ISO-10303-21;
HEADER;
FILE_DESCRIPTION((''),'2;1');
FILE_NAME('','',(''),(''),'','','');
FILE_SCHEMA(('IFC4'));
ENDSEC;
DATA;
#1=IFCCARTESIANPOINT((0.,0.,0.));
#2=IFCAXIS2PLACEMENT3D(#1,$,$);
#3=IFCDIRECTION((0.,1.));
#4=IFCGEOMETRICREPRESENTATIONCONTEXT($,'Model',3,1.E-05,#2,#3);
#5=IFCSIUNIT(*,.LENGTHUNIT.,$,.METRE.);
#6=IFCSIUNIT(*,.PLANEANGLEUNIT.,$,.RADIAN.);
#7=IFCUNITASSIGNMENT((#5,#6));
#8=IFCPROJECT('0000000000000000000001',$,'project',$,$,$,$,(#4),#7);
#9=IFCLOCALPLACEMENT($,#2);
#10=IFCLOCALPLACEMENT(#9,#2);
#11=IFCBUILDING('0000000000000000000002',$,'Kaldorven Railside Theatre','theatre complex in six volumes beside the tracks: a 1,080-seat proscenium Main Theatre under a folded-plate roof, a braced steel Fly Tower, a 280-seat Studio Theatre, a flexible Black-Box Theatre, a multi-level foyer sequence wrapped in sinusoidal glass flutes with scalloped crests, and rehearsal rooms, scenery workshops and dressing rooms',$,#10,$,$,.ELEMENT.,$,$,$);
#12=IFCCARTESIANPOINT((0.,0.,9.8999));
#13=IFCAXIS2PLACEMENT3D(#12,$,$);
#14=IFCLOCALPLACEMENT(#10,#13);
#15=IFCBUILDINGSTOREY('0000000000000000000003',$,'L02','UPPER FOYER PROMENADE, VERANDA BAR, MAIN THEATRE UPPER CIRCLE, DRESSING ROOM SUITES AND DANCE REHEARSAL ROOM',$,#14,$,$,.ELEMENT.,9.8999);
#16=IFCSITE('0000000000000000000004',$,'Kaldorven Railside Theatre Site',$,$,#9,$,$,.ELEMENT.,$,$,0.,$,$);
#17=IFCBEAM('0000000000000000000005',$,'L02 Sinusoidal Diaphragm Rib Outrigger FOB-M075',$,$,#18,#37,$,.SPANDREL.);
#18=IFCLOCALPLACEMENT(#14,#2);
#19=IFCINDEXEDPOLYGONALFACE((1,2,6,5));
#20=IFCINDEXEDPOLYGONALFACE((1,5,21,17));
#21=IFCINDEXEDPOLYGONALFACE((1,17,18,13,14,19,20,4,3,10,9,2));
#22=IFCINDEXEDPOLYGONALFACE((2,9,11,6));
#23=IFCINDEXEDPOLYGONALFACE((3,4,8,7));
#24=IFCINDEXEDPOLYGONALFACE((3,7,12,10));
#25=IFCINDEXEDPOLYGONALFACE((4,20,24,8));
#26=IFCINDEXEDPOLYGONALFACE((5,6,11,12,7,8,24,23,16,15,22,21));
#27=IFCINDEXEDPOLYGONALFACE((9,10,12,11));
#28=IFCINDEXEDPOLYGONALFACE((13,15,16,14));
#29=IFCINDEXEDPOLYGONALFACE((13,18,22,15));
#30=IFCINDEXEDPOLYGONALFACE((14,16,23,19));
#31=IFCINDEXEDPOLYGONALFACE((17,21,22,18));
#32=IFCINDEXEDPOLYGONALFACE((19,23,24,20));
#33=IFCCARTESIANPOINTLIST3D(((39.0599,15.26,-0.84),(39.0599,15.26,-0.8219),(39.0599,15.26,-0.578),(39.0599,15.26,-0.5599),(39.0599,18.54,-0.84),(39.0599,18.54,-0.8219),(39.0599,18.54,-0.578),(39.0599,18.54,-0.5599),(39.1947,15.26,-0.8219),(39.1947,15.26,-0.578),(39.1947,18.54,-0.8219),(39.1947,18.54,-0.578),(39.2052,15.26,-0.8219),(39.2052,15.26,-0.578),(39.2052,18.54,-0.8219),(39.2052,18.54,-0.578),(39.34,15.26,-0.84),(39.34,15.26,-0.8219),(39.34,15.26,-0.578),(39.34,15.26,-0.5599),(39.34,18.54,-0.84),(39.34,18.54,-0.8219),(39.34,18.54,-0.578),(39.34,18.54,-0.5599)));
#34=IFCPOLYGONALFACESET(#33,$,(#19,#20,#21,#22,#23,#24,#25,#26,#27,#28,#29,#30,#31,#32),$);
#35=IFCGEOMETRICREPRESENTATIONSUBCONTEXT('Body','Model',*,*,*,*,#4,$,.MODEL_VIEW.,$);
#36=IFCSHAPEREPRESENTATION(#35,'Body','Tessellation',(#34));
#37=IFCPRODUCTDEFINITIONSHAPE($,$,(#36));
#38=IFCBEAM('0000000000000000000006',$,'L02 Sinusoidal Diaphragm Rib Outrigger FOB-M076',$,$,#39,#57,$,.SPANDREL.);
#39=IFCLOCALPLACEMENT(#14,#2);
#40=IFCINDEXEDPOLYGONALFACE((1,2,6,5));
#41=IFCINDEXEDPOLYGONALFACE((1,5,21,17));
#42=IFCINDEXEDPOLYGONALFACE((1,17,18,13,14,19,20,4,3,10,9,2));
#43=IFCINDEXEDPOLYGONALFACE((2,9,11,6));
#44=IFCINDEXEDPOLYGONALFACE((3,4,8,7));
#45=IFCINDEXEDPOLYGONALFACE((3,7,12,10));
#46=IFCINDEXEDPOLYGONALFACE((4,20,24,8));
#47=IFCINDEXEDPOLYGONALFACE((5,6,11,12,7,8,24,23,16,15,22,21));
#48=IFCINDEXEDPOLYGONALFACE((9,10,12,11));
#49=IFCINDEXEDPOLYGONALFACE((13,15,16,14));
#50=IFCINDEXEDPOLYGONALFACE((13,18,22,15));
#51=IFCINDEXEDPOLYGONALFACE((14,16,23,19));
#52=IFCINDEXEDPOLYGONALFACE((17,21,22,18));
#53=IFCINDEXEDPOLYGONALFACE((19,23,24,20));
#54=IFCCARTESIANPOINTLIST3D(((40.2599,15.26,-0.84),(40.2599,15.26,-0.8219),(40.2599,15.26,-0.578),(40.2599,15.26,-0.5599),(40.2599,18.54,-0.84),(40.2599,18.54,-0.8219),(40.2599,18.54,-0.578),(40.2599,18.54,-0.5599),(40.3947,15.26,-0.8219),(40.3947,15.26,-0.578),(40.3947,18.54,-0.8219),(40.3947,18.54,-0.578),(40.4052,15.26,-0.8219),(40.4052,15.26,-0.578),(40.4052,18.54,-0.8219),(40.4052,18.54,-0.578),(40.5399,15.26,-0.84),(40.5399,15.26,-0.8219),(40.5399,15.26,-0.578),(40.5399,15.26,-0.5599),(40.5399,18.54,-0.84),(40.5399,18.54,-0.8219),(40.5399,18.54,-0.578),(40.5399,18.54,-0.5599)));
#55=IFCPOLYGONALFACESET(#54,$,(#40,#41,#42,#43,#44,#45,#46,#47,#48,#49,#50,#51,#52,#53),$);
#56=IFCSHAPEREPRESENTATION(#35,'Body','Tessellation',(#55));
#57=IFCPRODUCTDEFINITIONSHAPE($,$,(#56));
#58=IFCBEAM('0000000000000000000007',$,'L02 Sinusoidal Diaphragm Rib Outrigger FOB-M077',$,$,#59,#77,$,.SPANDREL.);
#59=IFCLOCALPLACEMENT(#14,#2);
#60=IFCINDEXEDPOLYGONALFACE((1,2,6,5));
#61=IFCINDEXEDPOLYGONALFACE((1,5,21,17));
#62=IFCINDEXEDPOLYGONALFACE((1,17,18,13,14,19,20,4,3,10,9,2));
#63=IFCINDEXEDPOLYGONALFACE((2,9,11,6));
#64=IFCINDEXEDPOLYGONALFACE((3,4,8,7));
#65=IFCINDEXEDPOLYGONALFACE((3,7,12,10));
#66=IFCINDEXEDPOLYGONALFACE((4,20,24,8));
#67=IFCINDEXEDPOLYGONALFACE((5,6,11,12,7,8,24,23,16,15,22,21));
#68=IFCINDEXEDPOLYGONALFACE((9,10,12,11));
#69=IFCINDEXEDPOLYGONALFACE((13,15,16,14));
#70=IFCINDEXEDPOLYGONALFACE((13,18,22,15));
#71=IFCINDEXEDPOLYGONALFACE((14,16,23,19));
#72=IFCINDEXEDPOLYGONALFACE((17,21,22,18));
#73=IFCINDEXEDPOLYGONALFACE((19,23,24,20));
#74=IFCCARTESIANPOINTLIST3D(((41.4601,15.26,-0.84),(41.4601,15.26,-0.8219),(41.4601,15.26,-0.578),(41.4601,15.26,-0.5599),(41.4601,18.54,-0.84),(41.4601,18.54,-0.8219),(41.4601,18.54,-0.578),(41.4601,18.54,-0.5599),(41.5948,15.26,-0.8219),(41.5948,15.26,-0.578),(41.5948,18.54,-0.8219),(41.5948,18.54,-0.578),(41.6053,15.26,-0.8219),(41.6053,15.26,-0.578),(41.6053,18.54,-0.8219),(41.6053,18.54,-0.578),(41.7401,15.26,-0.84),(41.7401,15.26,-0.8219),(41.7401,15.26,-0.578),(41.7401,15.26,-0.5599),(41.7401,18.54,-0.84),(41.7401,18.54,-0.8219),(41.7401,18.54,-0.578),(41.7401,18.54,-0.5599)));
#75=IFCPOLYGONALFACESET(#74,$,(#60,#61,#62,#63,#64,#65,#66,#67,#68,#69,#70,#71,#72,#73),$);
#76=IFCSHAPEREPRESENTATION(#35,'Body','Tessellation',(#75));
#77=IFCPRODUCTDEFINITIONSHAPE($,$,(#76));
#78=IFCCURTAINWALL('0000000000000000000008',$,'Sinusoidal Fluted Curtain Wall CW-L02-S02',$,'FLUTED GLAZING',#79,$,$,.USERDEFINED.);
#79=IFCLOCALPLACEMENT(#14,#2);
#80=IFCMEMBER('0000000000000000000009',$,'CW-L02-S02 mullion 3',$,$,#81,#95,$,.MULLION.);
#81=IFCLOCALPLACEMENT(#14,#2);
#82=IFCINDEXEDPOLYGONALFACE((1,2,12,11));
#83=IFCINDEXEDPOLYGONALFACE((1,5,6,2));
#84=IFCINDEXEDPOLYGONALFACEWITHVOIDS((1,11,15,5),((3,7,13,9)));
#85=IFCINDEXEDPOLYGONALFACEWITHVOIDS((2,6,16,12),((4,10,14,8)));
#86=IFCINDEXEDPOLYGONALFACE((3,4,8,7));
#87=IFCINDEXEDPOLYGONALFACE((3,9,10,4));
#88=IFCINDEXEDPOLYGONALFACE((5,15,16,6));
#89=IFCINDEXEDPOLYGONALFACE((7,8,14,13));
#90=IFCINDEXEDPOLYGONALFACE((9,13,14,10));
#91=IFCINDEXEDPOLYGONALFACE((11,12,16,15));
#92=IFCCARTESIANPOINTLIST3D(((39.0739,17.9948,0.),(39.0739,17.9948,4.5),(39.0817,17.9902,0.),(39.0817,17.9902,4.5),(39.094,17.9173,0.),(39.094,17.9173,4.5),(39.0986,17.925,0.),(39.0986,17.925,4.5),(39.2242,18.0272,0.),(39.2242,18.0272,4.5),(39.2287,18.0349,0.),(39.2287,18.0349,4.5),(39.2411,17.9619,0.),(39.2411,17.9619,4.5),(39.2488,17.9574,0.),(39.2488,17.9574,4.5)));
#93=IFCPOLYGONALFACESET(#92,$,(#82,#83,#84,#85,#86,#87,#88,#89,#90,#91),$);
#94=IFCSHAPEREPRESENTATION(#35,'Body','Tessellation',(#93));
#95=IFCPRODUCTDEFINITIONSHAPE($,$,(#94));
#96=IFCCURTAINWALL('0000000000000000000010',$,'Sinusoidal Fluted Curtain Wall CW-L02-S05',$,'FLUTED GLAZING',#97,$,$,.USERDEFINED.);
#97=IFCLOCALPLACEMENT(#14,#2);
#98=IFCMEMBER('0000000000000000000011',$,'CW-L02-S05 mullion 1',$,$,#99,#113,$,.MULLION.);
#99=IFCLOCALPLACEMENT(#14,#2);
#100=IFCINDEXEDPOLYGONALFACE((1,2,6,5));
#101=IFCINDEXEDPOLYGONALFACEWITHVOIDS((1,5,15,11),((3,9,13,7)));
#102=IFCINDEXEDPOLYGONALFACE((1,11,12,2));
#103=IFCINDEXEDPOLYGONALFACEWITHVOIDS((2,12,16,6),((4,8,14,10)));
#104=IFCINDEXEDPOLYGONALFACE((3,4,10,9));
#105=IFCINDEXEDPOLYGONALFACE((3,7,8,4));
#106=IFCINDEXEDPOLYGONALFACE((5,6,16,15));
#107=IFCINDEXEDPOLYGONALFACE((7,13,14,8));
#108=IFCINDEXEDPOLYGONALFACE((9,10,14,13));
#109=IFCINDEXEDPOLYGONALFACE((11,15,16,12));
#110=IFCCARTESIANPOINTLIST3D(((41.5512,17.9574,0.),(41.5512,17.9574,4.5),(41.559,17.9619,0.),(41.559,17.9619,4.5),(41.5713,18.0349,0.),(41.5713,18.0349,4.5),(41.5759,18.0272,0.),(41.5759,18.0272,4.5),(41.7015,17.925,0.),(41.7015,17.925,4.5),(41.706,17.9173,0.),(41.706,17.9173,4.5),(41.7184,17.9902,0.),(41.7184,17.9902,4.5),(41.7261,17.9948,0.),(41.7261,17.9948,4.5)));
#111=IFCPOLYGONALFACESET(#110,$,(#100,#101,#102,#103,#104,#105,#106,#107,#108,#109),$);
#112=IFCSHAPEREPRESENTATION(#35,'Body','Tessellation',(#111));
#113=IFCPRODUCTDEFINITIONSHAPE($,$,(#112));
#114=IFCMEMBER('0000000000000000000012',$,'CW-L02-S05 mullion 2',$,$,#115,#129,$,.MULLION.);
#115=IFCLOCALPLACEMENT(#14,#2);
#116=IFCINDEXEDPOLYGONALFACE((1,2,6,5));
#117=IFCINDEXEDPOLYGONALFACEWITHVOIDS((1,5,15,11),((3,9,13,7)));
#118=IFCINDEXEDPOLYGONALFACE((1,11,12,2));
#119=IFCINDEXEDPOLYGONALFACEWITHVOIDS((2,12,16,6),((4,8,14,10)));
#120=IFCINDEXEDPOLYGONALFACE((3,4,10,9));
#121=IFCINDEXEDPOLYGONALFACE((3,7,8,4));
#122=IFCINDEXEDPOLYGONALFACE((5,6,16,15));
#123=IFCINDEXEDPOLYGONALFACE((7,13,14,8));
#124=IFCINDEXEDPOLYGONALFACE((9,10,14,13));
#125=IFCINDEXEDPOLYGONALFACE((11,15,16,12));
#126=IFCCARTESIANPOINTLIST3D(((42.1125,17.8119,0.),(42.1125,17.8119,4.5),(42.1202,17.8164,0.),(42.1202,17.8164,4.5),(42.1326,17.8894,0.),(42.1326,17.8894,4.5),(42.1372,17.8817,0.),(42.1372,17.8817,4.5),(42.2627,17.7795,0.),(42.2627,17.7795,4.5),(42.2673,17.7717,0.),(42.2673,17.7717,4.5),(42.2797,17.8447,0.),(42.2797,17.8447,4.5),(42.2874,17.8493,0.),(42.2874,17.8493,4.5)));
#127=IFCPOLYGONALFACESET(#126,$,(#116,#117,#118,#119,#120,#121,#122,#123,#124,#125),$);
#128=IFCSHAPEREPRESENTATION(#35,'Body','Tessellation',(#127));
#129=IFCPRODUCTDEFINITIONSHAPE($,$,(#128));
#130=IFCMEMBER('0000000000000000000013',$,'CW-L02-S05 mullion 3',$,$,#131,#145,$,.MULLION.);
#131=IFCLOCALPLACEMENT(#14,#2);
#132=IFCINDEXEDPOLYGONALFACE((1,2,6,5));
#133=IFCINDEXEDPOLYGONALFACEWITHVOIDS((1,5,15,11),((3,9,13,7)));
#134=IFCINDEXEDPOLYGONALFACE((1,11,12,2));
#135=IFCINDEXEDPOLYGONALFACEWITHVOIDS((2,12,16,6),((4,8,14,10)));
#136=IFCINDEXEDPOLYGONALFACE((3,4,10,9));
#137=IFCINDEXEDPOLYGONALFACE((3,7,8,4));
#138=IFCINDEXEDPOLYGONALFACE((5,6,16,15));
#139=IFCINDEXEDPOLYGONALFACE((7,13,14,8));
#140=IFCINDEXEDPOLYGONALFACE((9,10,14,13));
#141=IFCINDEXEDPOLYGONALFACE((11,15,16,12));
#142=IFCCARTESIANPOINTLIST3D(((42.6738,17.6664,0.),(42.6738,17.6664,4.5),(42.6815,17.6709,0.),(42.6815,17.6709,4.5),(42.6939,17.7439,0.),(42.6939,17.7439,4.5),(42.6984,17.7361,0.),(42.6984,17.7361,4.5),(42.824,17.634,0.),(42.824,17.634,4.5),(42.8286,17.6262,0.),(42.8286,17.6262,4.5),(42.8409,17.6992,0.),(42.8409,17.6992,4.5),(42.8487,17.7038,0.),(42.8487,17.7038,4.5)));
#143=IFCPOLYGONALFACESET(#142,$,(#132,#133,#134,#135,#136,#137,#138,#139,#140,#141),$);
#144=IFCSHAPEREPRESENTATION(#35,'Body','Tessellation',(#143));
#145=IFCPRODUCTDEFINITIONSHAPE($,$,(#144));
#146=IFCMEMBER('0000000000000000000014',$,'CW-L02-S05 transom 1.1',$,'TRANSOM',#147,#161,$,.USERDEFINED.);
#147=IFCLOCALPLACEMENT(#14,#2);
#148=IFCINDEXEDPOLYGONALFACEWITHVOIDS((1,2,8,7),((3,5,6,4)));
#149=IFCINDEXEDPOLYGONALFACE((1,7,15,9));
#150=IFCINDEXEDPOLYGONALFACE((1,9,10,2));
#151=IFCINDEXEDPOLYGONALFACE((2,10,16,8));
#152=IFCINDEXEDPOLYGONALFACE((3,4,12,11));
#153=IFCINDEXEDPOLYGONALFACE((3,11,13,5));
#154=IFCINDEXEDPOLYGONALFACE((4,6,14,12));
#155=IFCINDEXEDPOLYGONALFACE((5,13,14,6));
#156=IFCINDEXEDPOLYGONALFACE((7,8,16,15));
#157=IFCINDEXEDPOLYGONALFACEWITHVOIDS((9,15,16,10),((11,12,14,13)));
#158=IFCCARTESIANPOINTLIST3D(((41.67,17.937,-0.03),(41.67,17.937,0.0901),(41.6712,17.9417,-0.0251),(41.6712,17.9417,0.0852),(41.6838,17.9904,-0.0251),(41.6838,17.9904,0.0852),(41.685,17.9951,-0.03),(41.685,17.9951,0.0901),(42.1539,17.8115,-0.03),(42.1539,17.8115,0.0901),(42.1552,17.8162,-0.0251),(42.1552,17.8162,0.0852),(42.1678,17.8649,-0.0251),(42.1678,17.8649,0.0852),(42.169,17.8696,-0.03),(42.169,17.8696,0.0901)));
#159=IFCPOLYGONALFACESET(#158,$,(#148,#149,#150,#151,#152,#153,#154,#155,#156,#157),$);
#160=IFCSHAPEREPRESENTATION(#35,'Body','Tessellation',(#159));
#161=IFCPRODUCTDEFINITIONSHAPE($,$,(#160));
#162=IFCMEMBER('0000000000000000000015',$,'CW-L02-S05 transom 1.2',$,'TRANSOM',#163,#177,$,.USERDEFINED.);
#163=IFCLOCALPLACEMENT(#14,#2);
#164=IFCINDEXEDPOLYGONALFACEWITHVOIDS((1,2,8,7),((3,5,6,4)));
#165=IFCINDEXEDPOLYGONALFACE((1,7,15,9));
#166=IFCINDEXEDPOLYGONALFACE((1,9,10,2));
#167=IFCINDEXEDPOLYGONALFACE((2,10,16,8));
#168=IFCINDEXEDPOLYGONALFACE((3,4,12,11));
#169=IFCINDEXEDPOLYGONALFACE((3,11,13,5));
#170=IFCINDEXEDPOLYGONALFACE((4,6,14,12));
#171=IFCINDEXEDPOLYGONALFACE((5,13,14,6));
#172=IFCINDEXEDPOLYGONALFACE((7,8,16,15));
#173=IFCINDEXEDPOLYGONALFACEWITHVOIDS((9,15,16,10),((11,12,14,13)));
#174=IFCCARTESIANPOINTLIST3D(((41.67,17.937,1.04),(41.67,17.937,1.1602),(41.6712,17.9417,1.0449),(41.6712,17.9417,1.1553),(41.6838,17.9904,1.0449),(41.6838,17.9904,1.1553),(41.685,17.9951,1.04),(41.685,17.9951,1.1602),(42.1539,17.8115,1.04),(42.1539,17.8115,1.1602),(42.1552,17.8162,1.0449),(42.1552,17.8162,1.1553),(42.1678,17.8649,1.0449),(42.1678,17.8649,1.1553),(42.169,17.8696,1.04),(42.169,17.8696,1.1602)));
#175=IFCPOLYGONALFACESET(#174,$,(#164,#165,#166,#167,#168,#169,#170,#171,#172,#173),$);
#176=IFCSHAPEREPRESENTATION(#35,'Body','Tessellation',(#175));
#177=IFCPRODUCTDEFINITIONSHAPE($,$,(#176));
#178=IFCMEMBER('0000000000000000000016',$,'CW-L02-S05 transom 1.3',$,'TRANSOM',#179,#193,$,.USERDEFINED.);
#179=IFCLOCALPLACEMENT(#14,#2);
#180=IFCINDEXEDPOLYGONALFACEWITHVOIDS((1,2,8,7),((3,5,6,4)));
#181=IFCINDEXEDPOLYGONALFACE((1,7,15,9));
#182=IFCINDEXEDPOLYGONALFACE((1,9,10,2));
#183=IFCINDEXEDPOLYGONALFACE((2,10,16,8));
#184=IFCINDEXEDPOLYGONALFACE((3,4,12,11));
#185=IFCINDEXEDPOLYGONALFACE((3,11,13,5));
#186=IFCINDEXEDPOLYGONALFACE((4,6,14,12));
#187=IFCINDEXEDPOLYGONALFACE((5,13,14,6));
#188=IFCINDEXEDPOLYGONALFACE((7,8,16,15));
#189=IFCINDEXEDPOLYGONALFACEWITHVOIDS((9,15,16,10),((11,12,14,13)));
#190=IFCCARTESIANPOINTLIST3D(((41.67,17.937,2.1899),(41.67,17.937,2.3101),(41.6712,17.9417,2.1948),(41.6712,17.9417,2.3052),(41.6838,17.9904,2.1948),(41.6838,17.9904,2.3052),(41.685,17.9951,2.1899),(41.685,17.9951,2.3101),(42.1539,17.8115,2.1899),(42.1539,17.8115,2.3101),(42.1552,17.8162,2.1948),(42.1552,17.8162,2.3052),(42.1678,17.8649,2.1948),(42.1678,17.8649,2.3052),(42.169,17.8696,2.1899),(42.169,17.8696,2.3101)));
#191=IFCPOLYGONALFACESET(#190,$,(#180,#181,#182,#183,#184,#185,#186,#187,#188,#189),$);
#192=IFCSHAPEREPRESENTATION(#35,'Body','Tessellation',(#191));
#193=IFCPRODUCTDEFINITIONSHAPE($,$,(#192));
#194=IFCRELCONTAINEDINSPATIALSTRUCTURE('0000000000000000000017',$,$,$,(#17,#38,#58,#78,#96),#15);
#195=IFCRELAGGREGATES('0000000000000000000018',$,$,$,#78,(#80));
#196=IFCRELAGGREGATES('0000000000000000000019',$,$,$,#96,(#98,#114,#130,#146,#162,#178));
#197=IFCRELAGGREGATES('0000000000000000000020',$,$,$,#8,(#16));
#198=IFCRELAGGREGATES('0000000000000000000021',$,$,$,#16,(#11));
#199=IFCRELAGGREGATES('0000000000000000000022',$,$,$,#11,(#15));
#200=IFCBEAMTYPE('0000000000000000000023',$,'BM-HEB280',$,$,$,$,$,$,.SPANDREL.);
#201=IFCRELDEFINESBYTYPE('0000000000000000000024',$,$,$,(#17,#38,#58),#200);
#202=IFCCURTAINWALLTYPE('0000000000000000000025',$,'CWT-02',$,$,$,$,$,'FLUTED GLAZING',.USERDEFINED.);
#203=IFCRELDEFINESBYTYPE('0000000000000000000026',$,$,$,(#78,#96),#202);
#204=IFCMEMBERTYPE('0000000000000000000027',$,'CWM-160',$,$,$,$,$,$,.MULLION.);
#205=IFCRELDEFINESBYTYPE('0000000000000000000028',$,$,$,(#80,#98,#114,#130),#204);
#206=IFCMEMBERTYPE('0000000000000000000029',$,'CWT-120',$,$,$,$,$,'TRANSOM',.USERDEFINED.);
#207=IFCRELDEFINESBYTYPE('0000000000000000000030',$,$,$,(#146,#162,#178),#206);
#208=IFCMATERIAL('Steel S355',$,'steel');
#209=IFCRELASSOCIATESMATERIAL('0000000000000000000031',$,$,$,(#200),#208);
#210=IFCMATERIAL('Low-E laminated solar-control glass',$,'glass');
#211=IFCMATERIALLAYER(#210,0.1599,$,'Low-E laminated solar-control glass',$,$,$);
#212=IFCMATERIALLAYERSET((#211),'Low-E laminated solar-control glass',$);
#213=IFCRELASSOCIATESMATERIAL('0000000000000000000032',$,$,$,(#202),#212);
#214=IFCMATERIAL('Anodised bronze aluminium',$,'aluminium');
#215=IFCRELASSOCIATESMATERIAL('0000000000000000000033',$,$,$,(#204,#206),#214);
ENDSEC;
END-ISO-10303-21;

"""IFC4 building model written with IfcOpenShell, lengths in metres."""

from ifc_helpers import new_model, si_unit, direction, frame, origin, origin_2d, place, context, subcontext, project, spatial, hollow_rectangle, i_section, extrude, material, layer, layer_set, material_profile, profile_set, type_object, element, aggregate, save


model = new_model("IFC4")

# Units and contexts
model_context = context("Model", 3, precision=1e-05, world=origin(), true_north=direction((0.0, 1.0)))
body_context = subcontext(model_context, "Body", "Model", "MODEL_VIEW")
ifc_project = project(units=[si_unit("LENGTHUNIT", "METRE"), si_unit("PLANEANGLEUNIT", "RADIAN")], contexts=[model_context])

# Site, building, storey
site_placement = place(None, origin())
site = spatial("IfcSite", under=ifc_project, at=site_placement, Name="Kaldorven Railside Theatre Site", CompositionType="ELEMENT", RefElevation=0.0)
building_placement = place(site_placement, origin())
building = spatial("IfcBuilding", under=site, at=building_placement, Name="Kaldorven Railside Theatre", Description="theatre complex in six volumes beside the tracks: a 1,080-seat proscenium Main Theatre under a folded-plate roof, a braced steel Fly Tower, a 280-seat Studio Theatre, a flexible Black-Box Theatre, a multi-level foyer sequence wrapped in sinusoidal glass flutes with scalloped crests, and rehearsal rooms, scenery workshops and dressing rooms", CompositionType="ELEMENT")
storey_placement = place(building_placement, frame((0.0, 0.0, 9.8999)))
storey = spatial("IfcBuildingStorey", under=building, at=storey_placement, Name="L02", Description="UPPER FOYER PROMENADE, VERANDA BAR, MAIN THEATRE UPPER CIRCLE, DRESSING ROOM SUITES AND DANCE REHEARSAL ROOM", CompositionType="ELEMENT", Elevation=9.8999)

# Beams
ifc_material_1 = material(Name="Steel S355", Category="steel")
ifc_material_profile_1 = material_profile(ifc_material_1, i_section(OverallWidth=0.28, OverallDepth=0.28, WebThickness=0.0105, FlangeThickness=0.0181, at=origin_2d()), Name="HEB 280")
ifc_profile_set_1 = profile_set([ifc_material_profile_1], Name="Steel S355")
beam_type = type_object("IfcBeamType", Name="BM-HEB280", PredefinedType="SPANDREL", material=ifc_profile_set_1)
for number, where, z_axis, x_axis, name in (
    (1, (39.2, 15.26, -0.7), (0.0, 1.0, 0.0), (-1.0, 0.0, 0.0), "L02 Sinusoidal Diaphragm Rib Outrigger FOB-M075"),
    (2, (40.3999, 15.26, -0.7), (0.0, 1.0, 0.0), (-1.0, 0.0, 0.0), "L02 Sinusoidal Diaphragm Rib Outrigger FOB-M076"),
    (3, (41.6001, 15.26, -0.7), (0.0, 1.0, 0.0), (-1.0, 0.0, 0.0), "L02 Sinusoidal Diaphragm Rib Outrigger FOB-M077"),
):
    element("IfcBeam", number, at=place(storey_placement, frame(where, z_axis=z_axis, x_axis=x_axis)), inside=storey, type_object=beam_type, Name=name, PredefinedType="SPANDREL", context=body_context, shape_type="SweptSolid", body=[
        extrude(i_section(OverallWidth=0.28, OverallDepth=0.28, WebThickness=0.0105, FlangeThickness=0.0181, at=origin_2d()), origin(), (0.0, 0.0, 1.0), 3.28),
    ])

# Curtain wall, member
ifc_material_2 = material(Name="Low-E laminated solar-control glass", Category="glass")
ifc_layer_1 = layer(ifc_material_2, 0.1599, Name="Low-E laminated solar-control glass")
ifc_layer_set_1 = layer_set([ifc_layer_1], Name="Low-E laminated solar-control glass")
curtain_wall_type = type_object("IfcCurtainWallType", Name="CWT-02", ElementType="FLUTED GLAZING", PredefinedType="USERDEFINED", material=ifc_layer_set_1)
curtain_wall_1_placement = place(storey_placement, origin())
curtain_wall_1 = element("IfcCurtainWall", 4, at=curtain_wall_1_placement, inside=storey, type_object=curtain_wall_type, Name="Sinusoidal Fluted Curtain Wall CW-L02-S02", ObjectType="FLUTED GLAZING", PredefinedType="USERDEFINED")
ifc_material_3 = material(Name="Anodised bronze aluminium", Category="aluminium")
ifc_material_profile_2 = material_profile(ifc_material_3, hollow_rectangle(XDim=0.0801, YDim=0.1599, WallThickness=0.0063, at=origin_2d()), Name="RHS 160x80x6.3")
ifc_profile_set_2 = profile_set([ifc_material_profile_2], Name="Anodised bronze aluminium")
member_type_1 = type_object("IfcMemberType", Name="CWM-160", PredefinedType="MULLION", material=ifc_profile_set_2)
member_1_placement = place(storey_placement, frame((39.1614, 17.9761, 0.0), z_axis=(0.0, 0.0, 1.0), x_axis=(-0.250954, 0.967999, 0.0)))
member_1 = element("IfcMember", 5, at=member_1_placement, type_object=member_type_1, Name="CW-L02-S02 mullion 3", PredefinedType="MULLION", context=body_context, shape_type="SweptSolid", body=[
    extrude(hollow_rectangle(XDim=0.0801, YDim=0.1599, WallThickness=0.0063, at=origin_2d()), origin(), (0.0, 0.0, 1.0), 4.5),
])

# Curtain wall, members
curtain_wall_2_placement = place(storey_placement, origin())
curtain_wall_2 = element("IfcCurtainWall", 6, at=curtain_wall_2_placement, inside=storey, type_object=curtain_wall_type, Name="Sinusoidal Fluted Curtain Wall CW-L02-S05", ObjectType="FLUTED GLAZING", PredefinedType="USERDEFINED")
member_2_placement = place(storey_placement, frame((41.6387, 17.9761, 0.0), z_axis=(0.0, 0.0, 1.0), x_axis=(0.250954, 0.967999, 0.0)))
member_2 = element("IfcMember", 7, at=member_2_placement, type_object=member_type_1, Name="CW-L02-S05 mullion 1", PredefinedType="MULLION", context=body_context, shape_type="SweptSolid", body=[
    extrude(hollow_rectangle(XDim=0.0801, YDim=0.1599, WallThickness=0.0063, at=origin_2d()), origin(), (0.0, 0.0, 1.0), 4.5),
])
member_3_placement = place(storey_placement, frame((42.2, 17.8306, 0.0), z_axis=(0.0, 0.0, 1.0), x_axis=(0.250954, 0.967999, 0.0)))
member_3 = element("IfcMember", 8, at=member_3_placement, type_object=member_type_1, Name="CW-L02-S05 mullion 2", PredefinedType="MULLION", context=body_context, shape_type="SweptSolid", body=[
    extrude(hollow_rectangle(XDim=0.0801, YDim=0.1599, WallThickness=0.0063, at=origin_2d()), origin(), (0.0, 0.0, 1.0), 4.5),
])
member_4_placement = place(storey_placement, frame((42.7612, 17.6851, 0.0), z_axis=(0.0, 0.0, 1.0), x_axis=(0.250954, 0.967999, 0.0)))
member_4 = element("IfcMember", 9, at=member_4_placement, type_object=member_type_1, Name="CW-L02-S05 mullion 3", PredefinedType="MULLION", context=body_context, shape_type="SweptSolid", body=[
    extrude(hollow_rectangle(XDim=0.0801, YDim=0.1599, WallThickness=0.0063, at=origin_2d()), origin(), (0.0, 0.0, 1.0), 4.5),
])
ifc_material_profile_3 = material_profile(ifc_material_3, hollow_rectangle(XDim=0.0601, YDim=0.1201, WallThickness=0.0049, at=origin_2d()), Name="RHS 120x60x5")
ifc_profile_set_3 = profile_set([ifc_material_profile_3], Name="Anodised bronze aluminium")
member_type_2 = type_object("IfcMemberType", Name="CWT-120", ElementType="TRANSOM", PredefinedType="USERDEFINED", material=ifc_profile_set_3)
member_5_placement = place(storey_placement, frame((41.6775, 17.9661, 0.03), z_axis=(0.967979, -0.25103, 0.0), x_axis=(0.25103, 0.967979, 0.0)))
member_5 = element("IfcMember", 10, at=member_5_placement, type_object=member_type_2, Name="CW-L02-S05 transom 1.1", ObjectType="TRANSOM", PredefinedType="USERDEFINED", context=body_context, shape_type="SweptSolid", body=[
    extrude(hollow_rectangle(XDim=0.0601, YDim=0.1201, WallThickness=0.0049, at=origin_2d()), origin(), (0.0, 0.0, 1.0), 0.5),
])
member_6_placement = place(storey_placement, frame((41.6775, 17.9661, 1.1001), z_axis=(0.967979, -0.25103, 0.0), x_axis=(0.25103, 0.967979, 0.0)))
member_6 = element("IfcMember", 11, at=member_6_placement, type_object=member_type_2, Name="CW-L02-S05 transom 1.2", ObjectType="TRANSOM", PredefinedType="USERDEFINED", context=body_context, shape_type="SweptSolid", body=[
    extrude(hollow_rectangle(XDim=0.0601, YDim=0.1201, WallThickness=0.0049, at=origin_2d()), origin(), (0.0, 0.0, 1.0), 0.5),
])
member_7_placement = place(storey_placement, frame((41.6775, 17.9661, 2.25), z_axis=(0.967979, -0.25103, 0.0), x_axis=(0.25103, 0.967979, 0.0)))
member_7 = element("IfcMember", 12, at=member_7_placement, type_object=member_type_2, Name="CW-L02-S05 transom 1.3", ObjectType="TRANSOM", PredefinedType="USERDEFINED", context=body_context, shape_type="SweptSolid", body=[
    extrude(hollow_rectangle(XDim=0.0601, YDim=0.1201, WallThickness=0.0049, at=origin_2d()), origin(), (0.0, 0.0, 1.0), 0.5),
])

aggregate(curtain_wall_1, [member_1])
aggregate(curtain_wall_2, [member_2, member_3, member_4, member_5, member_6, member_7])

save(model, "model.ifc")
